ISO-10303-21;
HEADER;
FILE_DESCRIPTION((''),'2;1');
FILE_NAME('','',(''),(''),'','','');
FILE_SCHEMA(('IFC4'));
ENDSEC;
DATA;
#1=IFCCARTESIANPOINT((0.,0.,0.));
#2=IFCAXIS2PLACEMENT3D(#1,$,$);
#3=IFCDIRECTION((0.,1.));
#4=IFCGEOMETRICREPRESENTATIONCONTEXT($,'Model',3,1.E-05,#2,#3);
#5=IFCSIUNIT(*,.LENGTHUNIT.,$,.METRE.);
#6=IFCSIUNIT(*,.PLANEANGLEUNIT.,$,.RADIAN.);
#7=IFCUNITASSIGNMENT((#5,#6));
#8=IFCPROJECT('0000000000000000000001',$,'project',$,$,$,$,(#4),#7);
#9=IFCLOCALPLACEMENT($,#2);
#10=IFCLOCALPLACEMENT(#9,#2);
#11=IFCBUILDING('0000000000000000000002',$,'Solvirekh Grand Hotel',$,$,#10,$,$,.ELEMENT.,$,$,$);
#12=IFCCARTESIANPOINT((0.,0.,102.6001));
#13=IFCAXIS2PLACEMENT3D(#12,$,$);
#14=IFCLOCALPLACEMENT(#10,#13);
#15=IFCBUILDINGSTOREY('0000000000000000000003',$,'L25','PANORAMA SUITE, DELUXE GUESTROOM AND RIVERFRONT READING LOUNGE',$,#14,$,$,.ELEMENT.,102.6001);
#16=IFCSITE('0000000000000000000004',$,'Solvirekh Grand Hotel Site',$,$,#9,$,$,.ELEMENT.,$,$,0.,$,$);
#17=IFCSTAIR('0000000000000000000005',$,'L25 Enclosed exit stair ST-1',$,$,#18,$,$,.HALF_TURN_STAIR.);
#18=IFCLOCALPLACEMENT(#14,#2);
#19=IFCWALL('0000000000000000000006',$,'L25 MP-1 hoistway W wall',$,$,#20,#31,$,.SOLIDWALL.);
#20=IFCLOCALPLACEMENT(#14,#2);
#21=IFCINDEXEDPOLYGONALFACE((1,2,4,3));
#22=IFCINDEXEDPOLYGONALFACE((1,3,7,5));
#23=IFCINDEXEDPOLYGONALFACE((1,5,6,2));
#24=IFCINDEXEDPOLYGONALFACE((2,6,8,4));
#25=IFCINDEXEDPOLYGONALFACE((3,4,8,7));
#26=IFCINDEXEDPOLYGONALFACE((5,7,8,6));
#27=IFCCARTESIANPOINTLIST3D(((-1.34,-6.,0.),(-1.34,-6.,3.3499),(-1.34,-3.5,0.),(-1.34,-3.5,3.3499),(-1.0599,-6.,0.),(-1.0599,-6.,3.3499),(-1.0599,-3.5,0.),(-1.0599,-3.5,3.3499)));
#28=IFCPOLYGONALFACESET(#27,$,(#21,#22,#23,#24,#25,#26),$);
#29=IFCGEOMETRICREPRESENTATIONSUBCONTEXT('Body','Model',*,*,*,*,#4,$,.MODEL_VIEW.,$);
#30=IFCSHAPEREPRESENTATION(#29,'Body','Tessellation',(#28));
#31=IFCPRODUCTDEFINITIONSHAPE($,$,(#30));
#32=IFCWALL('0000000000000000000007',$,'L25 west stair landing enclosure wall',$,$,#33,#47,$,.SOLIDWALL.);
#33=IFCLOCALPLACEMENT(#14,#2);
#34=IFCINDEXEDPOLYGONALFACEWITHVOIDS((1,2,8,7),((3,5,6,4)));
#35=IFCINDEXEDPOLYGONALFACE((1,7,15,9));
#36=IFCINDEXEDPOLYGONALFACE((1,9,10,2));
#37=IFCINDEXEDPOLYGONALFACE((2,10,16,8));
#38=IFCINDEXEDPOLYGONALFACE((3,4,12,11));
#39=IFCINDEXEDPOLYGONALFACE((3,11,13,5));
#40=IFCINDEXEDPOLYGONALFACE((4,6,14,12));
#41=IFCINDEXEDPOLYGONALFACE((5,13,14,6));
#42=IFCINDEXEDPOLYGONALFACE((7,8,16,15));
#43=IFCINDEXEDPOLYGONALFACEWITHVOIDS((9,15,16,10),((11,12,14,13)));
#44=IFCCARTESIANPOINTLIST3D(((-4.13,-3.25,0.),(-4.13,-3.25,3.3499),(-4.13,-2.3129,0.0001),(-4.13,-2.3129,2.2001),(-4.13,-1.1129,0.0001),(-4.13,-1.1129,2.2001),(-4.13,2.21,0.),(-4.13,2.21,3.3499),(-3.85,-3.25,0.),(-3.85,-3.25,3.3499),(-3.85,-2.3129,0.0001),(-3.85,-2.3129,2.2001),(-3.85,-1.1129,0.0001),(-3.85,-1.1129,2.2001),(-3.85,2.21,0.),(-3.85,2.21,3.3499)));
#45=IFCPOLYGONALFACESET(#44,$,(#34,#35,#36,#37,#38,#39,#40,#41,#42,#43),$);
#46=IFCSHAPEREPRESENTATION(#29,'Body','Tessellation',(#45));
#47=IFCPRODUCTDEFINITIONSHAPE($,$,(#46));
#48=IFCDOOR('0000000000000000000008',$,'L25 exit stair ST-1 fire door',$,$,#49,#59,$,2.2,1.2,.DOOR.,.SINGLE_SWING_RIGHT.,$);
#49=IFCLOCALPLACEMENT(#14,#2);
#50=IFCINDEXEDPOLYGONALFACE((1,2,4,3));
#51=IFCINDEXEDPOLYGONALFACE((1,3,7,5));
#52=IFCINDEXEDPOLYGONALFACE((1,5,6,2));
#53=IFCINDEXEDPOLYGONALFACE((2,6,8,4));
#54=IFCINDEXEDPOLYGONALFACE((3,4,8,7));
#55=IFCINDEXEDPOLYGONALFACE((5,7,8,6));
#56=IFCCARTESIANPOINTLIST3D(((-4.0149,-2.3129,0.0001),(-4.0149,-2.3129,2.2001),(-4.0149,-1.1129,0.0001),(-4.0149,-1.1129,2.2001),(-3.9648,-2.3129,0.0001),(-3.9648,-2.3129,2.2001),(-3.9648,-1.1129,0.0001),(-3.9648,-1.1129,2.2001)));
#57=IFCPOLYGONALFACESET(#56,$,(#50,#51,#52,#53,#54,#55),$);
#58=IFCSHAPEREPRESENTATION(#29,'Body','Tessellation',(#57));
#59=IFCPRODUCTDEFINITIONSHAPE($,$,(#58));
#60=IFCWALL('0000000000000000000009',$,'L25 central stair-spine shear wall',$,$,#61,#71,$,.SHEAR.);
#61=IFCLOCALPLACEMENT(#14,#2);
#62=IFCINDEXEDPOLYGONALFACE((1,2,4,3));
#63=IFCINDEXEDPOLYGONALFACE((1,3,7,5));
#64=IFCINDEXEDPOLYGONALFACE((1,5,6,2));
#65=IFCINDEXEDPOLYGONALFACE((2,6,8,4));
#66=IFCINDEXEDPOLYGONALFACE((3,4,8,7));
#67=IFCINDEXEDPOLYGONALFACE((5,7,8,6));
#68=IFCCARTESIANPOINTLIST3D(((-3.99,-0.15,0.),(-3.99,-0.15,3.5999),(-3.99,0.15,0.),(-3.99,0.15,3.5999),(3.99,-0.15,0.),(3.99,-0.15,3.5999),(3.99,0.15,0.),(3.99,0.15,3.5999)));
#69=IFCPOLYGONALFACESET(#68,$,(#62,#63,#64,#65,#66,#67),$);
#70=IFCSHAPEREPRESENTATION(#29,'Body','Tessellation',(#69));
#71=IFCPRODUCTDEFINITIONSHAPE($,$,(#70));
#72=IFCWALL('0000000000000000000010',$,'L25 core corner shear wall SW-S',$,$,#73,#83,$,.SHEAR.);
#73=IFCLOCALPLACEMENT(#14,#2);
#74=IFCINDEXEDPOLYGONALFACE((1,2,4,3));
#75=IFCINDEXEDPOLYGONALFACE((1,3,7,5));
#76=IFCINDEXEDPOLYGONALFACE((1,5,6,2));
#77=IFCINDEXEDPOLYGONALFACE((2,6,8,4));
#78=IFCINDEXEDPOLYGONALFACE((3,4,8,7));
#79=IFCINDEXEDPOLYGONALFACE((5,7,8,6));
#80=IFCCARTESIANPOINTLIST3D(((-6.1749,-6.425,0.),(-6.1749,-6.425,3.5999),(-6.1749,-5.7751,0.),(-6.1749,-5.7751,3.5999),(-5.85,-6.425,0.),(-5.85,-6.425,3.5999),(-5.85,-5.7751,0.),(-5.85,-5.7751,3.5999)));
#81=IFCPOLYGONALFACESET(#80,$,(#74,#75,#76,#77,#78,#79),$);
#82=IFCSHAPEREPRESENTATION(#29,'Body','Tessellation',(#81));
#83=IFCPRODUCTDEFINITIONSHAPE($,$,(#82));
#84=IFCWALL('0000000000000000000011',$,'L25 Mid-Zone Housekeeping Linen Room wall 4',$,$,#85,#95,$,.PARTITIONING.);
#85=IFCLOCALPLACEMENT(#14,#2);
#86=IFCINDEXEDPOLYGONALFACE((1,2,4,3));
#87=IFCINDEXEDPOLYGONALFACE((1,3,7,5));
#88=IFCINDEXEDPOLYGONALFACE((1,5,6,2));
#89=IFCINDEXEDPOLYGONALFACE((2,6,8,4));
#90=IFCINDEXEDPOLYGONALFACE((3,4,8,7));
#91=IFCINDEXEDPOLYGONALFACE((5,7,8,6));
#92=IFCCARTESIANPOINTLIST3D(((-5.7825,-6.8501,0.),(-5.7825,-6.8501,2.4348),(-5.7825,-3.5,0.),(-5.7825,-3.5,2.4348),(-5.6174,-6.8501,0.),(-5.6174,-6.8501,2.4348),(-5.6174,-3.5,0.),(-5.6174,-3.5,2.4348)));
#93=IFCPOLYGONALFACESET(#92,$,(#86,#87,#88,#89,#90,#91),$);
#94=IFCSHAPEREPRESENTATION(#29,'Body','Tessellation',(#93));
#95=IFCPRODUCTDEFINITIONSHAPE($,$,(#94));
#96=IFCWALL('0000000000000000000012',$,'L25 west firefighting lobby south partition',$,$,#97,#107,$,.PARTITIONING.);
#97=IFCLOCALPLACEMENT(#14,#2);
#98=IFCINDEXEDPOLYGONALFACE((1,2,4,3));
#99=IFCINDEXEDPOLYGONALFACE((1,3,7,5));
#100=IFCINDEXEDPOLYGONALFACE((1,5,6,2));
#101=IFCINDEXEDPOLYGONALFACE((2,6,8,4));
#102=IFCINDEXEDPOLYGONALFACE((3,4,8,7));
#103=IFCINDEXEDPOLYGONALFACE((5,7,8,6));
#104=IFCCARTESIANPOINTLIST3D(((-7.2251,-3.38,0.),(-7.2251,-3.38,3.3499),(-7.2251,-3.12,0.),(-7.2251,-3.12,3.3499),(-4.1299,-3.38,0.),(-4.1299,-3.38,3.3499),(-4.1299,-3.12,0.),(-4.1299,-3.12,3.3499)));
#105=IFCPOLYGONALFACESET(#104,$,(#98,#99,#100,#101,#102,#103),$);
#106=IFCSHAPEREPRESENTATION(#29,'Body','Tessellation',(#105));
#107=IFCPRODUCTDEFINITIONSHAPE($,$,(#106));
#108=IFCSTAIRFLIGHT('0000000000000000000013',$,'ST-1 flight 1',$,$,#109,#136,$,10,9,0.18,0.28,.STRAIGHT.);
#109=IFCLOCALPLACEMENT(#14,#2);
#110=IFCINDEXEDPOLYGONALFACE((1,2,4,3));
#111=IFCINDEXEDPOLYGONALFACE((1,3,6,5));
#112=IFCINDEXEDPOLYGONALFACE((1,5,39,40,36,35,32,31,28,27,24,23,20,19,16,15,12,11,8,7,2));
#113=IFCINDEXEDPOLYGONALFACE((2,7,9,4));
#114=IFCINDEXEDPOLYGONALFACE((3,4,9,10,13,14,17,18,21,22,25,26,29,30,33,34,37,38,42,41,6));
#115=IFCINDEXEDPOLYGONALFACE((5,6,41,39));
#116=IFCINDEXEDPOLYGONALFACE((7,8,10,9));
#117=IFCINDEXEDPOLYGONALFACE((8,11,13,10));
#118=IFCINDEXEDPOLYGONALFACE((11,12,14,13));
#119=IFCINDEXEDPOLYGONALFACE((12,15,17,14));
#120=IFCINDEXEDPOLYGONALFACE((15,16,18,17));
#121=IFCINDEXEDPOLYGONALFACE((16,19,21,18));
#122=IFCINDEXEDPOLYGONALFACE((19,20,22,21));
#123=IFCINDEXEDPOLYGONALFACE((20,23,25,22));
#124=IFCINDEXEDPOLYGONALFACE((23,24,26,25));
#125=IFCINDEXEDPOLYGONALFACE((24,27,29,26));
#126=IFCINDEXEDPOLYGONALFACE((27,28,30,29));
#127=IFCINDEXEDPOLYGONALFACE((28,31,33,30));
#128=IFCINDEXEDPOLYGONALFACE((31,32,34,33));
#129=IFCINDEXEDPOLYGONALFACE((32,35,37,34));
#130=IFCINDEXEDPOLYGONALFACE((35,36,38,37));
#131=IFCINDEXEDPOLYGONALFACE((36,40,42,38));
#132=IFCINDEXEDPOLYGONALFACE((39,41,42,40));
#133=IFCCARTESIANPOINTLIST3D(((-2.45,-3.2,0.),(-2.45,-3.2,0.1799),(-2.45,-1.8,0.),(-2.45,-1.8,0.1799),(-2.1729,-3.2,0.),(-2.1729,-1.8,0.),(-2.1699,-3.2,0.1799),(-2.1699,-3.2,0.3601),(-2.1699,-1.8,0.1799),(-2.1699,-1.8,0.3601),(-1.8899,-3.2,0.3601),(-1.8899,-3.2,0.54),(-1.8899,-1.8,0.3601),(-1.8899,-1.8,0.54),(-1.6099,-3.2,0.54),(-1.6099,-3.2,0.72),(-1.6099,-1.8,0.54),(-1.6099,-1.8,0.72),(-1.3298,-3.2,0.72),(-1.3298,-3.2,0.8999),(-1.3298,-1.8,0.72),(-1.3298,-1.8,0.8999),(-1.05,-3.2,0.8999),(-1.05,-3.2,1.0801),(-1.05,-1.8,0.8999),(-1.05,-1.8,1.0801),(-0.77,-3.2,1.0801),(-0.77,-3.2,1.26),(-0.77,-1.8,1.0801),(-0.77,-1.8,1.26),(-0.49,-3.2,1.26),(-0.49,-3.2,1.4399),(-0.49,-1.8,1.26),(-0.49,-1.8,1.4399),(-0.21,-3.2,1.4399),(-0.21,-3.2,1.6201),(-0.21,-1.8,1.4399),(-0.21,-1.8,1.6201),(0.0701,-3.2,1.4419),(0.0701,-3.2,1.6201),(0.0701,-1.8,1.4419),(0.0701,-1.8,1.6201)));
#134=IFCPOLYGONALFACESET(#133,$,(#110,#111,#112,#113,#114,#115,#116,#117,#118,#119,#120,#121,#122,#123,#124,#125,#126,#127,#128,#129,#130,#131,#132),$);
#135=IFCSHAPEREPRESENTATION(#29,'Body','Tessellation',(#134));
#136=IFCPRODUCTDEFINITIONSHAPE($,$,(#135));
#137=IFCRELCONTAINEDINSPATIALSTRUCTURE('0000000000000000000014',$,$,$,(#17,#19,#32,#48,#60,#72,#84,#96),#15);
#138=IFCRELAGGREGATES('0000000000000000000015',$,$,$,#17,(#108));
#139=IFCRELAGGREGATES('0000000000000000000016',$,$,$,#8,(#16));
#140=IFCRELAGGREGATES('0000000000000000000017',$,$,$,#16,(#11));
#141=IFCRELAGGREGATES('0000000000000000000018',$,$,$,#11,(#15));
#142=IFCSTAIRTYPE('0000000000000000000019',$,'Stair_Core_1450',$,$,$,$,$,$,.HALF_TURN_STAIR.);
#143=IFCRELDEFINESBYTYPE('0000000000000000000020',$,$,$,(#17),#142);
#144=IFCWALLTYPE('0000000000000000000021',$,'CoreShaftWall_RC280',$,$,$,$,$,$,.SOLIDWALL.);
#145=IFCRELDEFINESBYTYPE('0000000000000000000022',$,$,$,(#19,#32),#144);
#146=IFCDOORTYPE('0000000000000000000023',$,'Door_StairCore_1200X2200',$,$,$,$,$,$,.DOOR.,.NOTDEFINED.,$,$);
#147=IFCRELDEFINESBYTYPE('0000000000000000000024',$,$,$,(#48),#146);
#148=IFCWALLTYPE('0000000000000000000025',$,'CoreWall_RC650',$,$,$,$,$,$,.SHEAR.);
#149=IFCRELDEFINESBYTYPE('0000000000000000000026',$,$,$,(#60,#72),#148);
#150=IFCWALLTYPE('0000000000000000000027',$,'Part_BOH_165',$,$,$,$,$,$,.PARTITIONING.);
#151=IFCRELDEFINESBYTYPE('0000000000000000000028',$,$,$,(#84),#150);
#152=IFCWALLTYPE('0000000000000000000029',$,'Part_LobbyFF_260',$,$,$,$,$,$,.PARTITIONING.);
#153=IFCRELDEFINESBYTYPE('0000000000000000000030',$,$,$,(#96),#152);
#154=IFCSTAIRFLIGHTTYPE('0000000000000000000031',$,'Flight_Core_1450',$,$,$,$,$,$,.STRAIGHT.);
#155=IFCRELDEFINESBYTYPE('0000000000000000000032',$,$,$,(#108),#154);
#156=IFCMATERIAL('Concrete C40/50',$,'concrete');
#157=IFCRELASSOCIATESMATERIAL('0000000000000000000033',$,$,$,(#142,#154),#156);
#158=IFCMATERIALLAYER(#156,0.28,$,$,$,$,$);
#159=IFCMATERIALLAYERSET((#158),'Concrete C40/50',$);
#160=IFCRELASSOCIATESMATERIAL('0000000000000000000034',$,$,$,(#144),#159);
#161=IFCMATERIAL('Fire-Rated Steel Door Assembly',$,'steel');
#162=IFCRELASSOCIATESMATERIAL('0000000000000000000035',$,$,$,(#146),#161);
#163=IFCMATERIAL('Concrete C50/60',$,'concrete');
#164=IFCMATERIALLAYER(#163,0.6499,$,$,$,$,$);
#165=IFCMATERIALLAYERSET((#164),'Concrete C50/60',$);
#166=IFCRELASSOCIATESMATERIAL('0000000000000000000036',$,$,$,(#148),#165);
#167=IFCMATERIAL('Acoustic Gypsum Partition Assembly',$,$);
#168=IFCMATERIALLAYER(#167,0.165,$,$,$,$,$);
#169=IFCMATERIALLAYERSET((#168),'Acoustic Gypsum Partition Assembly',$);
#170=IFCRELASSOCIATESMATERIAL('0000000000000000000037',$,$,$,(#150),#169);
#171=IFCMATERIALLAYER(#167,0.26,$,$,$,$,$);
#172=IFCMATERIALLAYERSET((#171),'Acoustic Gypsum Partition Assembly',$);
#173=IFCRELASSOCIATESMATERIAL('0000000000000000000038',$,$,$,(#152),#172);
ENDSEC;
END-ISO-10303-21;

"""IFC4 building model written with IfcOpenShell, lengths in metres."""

from ifc_helpers import new_model, si_unit, direction, frame, frame_2d, origin, place, context, subcontext, project, spatial, polyline, rectangle, outline, extrude, material, layer, layer_set, type_object, element, fill, aggregate, save


model = new_model("IFC4")

# Units and contexts
model_context = context("Model", 3, precision=1e-05, world=origin(), true_north=direction((0.0, 1.0)))
body_context = subcontext(model_context, "Body", "Model", "MODEL_VIEW")
ifc_project = project(units=[si_unit("LENGTHUNIT", "METRE"), si_unit("PLANEANGLEUNIT", "RADIAN")], contexts=[model_context])

# Site, building, storey
site_placement = place(None, origin())
site = spatial("IfcSite", under=ifc_project, at=site_placement, Name="Solvirekh Grand Hotel Site", CompositionType="ELEMENT", RefElevation=0.0)
building_placement = place(site_placement, origin())
building = spatial("IfcBuilding", under=site, at=building_placement, Name="Solvirekh Grand Hotel", CompositionType="ELEMENT")
storey_placement = place(building_placement, frame((0.0, 0.0, 102.6001)))
storey = spatial("IfcBuildingStorey", under=building, at=storey_placement, Name="L25", Description="PANORAMA SUITE, DELUXE GUESTROOM AND RIVERFRONT READING LOUNGE", CompositionType="ELEMENT", Elevation=102.6001)

# Shared definitions
ifc_material_1 = material(Name="Concrete C50/60", Category="concrete")

# Stair
ifc_material_2 = material(Name="Concrete C40/50", Category="concrete")
stair_type = type_object("IfcStairType", Name="Stair_Core_1450", PredefinedType="HALF_TURN_STAIR", material=ifc_material_2)
stair_1_placement = place(storey_placement, origin())
stair_1 = element("IfcStair", 1, at=stair_1_placement, inside=storey, type_object=stair_type, Name="L25 Enclosed exit stair ST-1", PredefinedType="HALF_TURN_STAIR")

# Shared definitions
ifc_layer_1 = layer(ifc_material_2, 0.28)
ifc_layer_set_1 = layer_set([ifc_layer_1], Name="Concrete C40/50")
wall_type_1 = type_object("IfcWallType", Name="CoreShaftWall_RC280", PredefinedType="SOLIDWALL", material=ifc_layer_set_1)
ifc_material_3 = material(Name="Fire-Rated Steel Door Assembly", Category="steel")

# Wall
wall_1_placement = place(storey_placement, frame((-1.2, -3.5, 0.0), z_axis=(0.0, 0.0, 1.0), x_axis=(0.0, -1.0, 0.0)))
element("IfcWall", 2, at=wall_1_placement, inside=storey, type_object=wall_type_1, Name="L25 MP-1 hoistway W wall", PredefinedType="SOLIDWALL", context=body_context, shape_type="SweptSolid", body=[
    extrude(rectangle(XDim=2.5, YDim=0.28, at=frame_2d((1.25, 0.0))), origin(), (0.0, 0.0, 1.0), 3.3499),
])

# Wall, opening, door
wall_2_placement = place(storey_placement, frame((-3.99, -3.25, 0.0), z_axis=(0.0, 0.0, 1.0), x_axis=(0.0, 1.0, 0.0)))
wall_2 = element("IfcWall", 3, at=wall_2_placement, inside=storey, type_object=wall_type_1, Name="L25 west stair landing enclosure wall", PredefinedType="SOLIDWALL", context=body_context, shape_type="SweptSolid", body=[
    extrude(rectangle(XDim=5.46, YDim=0.28, at=frame_2d((2.73, 0.0))), origin(), (0.0, 0.0, 1.0), 3.3499),
])
opening_1_placement = place(wall_2_placement, frame((0.937, 0.0, 0.0)))
opening_1 = element("IfcOpeningElement", 4, at=opening_1_placement, cuts=wall_2, PredefinedType="OPENING", context=body_context, shape_type="SweptSolid", body=[
    extrude(rectangle(XDim=1.2, YDim=2.2, at=frame_2d((0.6001, 1.1001))), frame((0.0, 0.1499, 0.0), z_axis=(0.0, -1.0, 0.0), x_axis=(1.0, 0.0, 0.0)), (0.0, 0.0, 1.0), 0.3),
])
door_type_1 = type_object("IfcDoorType", Name="Door_StairCore_1200X2200", OperationType="NOTDEFINED", PredefinedType="DOOR", material=ifc_material_3)
door_1_placement = place(opening_1_placement, origin())
door_1 = element("IfcDoor", 5, at=door_1_placement, inside=storey, type_object=door_type_1, Name="L25 exit stair ST-1 fire door", OperationType="SINGLE_SWING_RIGHT", OverallHeight=2.2, OverallWidth=1.2, PredefinedType="DOOR", context=body_context, shape_type="SweptSolid", body=[
    extrude(rectangle(XDim=1.2, YDim=2.2, at=frame_2d((0.6001, 1.1001))), frame((0.0, 0.0249, 0.0), z_axis=(0.0, -1.0, 0.0), x_axis=(1.0, 0.0, 0.0)), (0.0, 0.0, 1.0), 0.05),
])
fill(opening_1, door_1)

# Walls
ifc_layer_2 = layer(ifc_material_1, 0.6499)
ifc_layer_set_2 = layer_set([ifc_layer_2], Name="Concrete C50/60")
wall_type_2 = type_object("IfcWallType", Name="CoreWall_RC650", PredefinedType="SHEAR", material=ifc_layer_set_2)
wall_3_placement = place(storey_placement, frame((-3.99, 0.0, 0.0), z_axis=(0.0, 0.0, 1.0), x_axis=(1.0, 0.0, 0.0)))
element("IfcWall", 6, at=wall_3_placement, inside=storey, type_object=wall_type_2, Name="L25 central stair-spine shear wall", PredefinedType="SHEAR", context=body_context, shape_type="SweptSolid", body=[
    extrude(rectangle(XDim=7.98, YDim=0.3, at=frame_2d((3.99, 0.0))), origin(), (0.0, 0.0, 1.0), 3.5999),
])
wall_4_placement = place(storey_placement, frame((-6.175, -6.1001, 0.0), z_axis=(0.0, 0.0, 1.0), x_axis=(1.0, 0.0, 0.0)))
element("IfcWall", 7, at=wall_4_placement, inside=storey, type_object=wall_type_2, Name="L25 core corner shear wall SW-S", PredefinedType="SHEAR", context=body_context, shape_type="SweptSolid", body=[
    extrude(rectangle(XDim=0.325, YDim=0.6499, at=frame_2d((0.1626, 0.0))), origin(), (0.0, 0.0, 1.0), 3.5999),
])
ifc_material_4 = material(Name="Acoustic Gypsum Partition Assembly")
ifc_layer_3 = layer(ifc_material_4, 0.165)
ifc_layer_set_3 = layer_set([ifc_layer_3], Name="Acoustic Gypsum Partition Assembly")
wall_type_3 = type_object("IfcWallType", Name="Part_BOH_165", PredefinedType="PARTITIONING", material=ifc_layer_set_3)
wall_5_placement = place(storey_placement, frame((-5.7, -3.5, 0.0), z_axis=(0.0, 0.0, 1.0), x_axis=(0.0, -1.0, 0.0)))
element("IfcWall", 8, at=wall_5_placement, inside=storey, type_object=wall_type_3, Name="L25 Mid-Zone Housekeeping Linen Room wall 4", PredefinedType="PARTITIONING", context=body_context, shape_type="SweptSolid", body=[
    extrude(rectangle(XDim=3.3501, YDim=0.165, at=frame_2d((1.675, 0.0))), origin(), (0.0, 0.0, 1.0), 2.4348),
])
ifc_layer_4 = layer(ifc_material_4, 0.26)
ifc_layer_set_4 = layer_set([ifc_layer_4], Name="Acoustic Gypsum Partition Assembly")
wall_type_4 = type_object("IfcWallType", Name="Part_LobbyFF_260", PredefinedType="PARTITIONING", material=ifc_layer_set_4)
wall_6_placement = place(storey_placement, frame((-7.2251, -3.25, 0.0), z_axis=(0.0, 0.0, 1.0), x_axis=(1.0, 0.0, 0.0)))
element("IfcWall", 9, at=wall_6_placement, inside=storey, type_object=wall_type_4, Name="L25 west firefighting lobby south partition", PredefinedType="PARTITIONING", context=body_context, shape_type="SweptSolid", body=[
    extrude(rectangle(XDim=3.0952, YDim=0.26, at=frame_2d((1.5476, 0.0))), origin(), (0.0, 0.0, 1.0), 3.3499),
])

# Stair flight
stair_flight_type = type_object("IfcStairFlightType", Name="Flight_Core_1450", PredefinedType="STRAIGHT", material=ifc_material_2)
stair_flight_placement = place(storey_placement, frame((-2.45, -2.5, 0.0), z_axis=(0.0, 0.0, 1.0), x_axis=(1.0, 0.0, 0.0)))
stair_flight = element("IfcStairFlight", 10, at=stair_flight_placement, type_object=stair_flight_type, Name="ST-1 flight 1", NumberOfRisers=10, NumberOfTreads=9, PredefinedType="STRAIGHT", RiserHeight=0.18, TreadLength=0.28, context=body_context, shape_type="SweptSolid", body=[
    extrude(outline(polyline([(0.0, 0.0), (0.0, 0.1799), (0.28, 0.1799), (0.28, 0.3601), (0.5601, 0.3601), (0.5601, 0.54), (0.8401, 0.54), (0.8401, 0.72), (1.1201, 0.72), (1.1201, 0.8999), (1.3999, 0.8999), (1.3999, 1.0801), (1.6799, 1.0801), (1.6799, 1.26), (1.96, 1.26), (1.96, 1.4399), (2.24, 1.4399), (2.24, 1.6201), (2.52, 1.6201), (2.52, 1.8), (2.52, 1.4419), (0.2771, 0.0), (0.0, 0.0)])), frame((0.0, 0.7, 0.0), z_axis=(0.0, -1.0, 0.0), x_axis=(1.0, 0.0, 0.0)), (0.0, 0.0, 1.0), 1.3999),
])
aggregate(stair_1, [stair_flight])

save(model, "model.ifc")
